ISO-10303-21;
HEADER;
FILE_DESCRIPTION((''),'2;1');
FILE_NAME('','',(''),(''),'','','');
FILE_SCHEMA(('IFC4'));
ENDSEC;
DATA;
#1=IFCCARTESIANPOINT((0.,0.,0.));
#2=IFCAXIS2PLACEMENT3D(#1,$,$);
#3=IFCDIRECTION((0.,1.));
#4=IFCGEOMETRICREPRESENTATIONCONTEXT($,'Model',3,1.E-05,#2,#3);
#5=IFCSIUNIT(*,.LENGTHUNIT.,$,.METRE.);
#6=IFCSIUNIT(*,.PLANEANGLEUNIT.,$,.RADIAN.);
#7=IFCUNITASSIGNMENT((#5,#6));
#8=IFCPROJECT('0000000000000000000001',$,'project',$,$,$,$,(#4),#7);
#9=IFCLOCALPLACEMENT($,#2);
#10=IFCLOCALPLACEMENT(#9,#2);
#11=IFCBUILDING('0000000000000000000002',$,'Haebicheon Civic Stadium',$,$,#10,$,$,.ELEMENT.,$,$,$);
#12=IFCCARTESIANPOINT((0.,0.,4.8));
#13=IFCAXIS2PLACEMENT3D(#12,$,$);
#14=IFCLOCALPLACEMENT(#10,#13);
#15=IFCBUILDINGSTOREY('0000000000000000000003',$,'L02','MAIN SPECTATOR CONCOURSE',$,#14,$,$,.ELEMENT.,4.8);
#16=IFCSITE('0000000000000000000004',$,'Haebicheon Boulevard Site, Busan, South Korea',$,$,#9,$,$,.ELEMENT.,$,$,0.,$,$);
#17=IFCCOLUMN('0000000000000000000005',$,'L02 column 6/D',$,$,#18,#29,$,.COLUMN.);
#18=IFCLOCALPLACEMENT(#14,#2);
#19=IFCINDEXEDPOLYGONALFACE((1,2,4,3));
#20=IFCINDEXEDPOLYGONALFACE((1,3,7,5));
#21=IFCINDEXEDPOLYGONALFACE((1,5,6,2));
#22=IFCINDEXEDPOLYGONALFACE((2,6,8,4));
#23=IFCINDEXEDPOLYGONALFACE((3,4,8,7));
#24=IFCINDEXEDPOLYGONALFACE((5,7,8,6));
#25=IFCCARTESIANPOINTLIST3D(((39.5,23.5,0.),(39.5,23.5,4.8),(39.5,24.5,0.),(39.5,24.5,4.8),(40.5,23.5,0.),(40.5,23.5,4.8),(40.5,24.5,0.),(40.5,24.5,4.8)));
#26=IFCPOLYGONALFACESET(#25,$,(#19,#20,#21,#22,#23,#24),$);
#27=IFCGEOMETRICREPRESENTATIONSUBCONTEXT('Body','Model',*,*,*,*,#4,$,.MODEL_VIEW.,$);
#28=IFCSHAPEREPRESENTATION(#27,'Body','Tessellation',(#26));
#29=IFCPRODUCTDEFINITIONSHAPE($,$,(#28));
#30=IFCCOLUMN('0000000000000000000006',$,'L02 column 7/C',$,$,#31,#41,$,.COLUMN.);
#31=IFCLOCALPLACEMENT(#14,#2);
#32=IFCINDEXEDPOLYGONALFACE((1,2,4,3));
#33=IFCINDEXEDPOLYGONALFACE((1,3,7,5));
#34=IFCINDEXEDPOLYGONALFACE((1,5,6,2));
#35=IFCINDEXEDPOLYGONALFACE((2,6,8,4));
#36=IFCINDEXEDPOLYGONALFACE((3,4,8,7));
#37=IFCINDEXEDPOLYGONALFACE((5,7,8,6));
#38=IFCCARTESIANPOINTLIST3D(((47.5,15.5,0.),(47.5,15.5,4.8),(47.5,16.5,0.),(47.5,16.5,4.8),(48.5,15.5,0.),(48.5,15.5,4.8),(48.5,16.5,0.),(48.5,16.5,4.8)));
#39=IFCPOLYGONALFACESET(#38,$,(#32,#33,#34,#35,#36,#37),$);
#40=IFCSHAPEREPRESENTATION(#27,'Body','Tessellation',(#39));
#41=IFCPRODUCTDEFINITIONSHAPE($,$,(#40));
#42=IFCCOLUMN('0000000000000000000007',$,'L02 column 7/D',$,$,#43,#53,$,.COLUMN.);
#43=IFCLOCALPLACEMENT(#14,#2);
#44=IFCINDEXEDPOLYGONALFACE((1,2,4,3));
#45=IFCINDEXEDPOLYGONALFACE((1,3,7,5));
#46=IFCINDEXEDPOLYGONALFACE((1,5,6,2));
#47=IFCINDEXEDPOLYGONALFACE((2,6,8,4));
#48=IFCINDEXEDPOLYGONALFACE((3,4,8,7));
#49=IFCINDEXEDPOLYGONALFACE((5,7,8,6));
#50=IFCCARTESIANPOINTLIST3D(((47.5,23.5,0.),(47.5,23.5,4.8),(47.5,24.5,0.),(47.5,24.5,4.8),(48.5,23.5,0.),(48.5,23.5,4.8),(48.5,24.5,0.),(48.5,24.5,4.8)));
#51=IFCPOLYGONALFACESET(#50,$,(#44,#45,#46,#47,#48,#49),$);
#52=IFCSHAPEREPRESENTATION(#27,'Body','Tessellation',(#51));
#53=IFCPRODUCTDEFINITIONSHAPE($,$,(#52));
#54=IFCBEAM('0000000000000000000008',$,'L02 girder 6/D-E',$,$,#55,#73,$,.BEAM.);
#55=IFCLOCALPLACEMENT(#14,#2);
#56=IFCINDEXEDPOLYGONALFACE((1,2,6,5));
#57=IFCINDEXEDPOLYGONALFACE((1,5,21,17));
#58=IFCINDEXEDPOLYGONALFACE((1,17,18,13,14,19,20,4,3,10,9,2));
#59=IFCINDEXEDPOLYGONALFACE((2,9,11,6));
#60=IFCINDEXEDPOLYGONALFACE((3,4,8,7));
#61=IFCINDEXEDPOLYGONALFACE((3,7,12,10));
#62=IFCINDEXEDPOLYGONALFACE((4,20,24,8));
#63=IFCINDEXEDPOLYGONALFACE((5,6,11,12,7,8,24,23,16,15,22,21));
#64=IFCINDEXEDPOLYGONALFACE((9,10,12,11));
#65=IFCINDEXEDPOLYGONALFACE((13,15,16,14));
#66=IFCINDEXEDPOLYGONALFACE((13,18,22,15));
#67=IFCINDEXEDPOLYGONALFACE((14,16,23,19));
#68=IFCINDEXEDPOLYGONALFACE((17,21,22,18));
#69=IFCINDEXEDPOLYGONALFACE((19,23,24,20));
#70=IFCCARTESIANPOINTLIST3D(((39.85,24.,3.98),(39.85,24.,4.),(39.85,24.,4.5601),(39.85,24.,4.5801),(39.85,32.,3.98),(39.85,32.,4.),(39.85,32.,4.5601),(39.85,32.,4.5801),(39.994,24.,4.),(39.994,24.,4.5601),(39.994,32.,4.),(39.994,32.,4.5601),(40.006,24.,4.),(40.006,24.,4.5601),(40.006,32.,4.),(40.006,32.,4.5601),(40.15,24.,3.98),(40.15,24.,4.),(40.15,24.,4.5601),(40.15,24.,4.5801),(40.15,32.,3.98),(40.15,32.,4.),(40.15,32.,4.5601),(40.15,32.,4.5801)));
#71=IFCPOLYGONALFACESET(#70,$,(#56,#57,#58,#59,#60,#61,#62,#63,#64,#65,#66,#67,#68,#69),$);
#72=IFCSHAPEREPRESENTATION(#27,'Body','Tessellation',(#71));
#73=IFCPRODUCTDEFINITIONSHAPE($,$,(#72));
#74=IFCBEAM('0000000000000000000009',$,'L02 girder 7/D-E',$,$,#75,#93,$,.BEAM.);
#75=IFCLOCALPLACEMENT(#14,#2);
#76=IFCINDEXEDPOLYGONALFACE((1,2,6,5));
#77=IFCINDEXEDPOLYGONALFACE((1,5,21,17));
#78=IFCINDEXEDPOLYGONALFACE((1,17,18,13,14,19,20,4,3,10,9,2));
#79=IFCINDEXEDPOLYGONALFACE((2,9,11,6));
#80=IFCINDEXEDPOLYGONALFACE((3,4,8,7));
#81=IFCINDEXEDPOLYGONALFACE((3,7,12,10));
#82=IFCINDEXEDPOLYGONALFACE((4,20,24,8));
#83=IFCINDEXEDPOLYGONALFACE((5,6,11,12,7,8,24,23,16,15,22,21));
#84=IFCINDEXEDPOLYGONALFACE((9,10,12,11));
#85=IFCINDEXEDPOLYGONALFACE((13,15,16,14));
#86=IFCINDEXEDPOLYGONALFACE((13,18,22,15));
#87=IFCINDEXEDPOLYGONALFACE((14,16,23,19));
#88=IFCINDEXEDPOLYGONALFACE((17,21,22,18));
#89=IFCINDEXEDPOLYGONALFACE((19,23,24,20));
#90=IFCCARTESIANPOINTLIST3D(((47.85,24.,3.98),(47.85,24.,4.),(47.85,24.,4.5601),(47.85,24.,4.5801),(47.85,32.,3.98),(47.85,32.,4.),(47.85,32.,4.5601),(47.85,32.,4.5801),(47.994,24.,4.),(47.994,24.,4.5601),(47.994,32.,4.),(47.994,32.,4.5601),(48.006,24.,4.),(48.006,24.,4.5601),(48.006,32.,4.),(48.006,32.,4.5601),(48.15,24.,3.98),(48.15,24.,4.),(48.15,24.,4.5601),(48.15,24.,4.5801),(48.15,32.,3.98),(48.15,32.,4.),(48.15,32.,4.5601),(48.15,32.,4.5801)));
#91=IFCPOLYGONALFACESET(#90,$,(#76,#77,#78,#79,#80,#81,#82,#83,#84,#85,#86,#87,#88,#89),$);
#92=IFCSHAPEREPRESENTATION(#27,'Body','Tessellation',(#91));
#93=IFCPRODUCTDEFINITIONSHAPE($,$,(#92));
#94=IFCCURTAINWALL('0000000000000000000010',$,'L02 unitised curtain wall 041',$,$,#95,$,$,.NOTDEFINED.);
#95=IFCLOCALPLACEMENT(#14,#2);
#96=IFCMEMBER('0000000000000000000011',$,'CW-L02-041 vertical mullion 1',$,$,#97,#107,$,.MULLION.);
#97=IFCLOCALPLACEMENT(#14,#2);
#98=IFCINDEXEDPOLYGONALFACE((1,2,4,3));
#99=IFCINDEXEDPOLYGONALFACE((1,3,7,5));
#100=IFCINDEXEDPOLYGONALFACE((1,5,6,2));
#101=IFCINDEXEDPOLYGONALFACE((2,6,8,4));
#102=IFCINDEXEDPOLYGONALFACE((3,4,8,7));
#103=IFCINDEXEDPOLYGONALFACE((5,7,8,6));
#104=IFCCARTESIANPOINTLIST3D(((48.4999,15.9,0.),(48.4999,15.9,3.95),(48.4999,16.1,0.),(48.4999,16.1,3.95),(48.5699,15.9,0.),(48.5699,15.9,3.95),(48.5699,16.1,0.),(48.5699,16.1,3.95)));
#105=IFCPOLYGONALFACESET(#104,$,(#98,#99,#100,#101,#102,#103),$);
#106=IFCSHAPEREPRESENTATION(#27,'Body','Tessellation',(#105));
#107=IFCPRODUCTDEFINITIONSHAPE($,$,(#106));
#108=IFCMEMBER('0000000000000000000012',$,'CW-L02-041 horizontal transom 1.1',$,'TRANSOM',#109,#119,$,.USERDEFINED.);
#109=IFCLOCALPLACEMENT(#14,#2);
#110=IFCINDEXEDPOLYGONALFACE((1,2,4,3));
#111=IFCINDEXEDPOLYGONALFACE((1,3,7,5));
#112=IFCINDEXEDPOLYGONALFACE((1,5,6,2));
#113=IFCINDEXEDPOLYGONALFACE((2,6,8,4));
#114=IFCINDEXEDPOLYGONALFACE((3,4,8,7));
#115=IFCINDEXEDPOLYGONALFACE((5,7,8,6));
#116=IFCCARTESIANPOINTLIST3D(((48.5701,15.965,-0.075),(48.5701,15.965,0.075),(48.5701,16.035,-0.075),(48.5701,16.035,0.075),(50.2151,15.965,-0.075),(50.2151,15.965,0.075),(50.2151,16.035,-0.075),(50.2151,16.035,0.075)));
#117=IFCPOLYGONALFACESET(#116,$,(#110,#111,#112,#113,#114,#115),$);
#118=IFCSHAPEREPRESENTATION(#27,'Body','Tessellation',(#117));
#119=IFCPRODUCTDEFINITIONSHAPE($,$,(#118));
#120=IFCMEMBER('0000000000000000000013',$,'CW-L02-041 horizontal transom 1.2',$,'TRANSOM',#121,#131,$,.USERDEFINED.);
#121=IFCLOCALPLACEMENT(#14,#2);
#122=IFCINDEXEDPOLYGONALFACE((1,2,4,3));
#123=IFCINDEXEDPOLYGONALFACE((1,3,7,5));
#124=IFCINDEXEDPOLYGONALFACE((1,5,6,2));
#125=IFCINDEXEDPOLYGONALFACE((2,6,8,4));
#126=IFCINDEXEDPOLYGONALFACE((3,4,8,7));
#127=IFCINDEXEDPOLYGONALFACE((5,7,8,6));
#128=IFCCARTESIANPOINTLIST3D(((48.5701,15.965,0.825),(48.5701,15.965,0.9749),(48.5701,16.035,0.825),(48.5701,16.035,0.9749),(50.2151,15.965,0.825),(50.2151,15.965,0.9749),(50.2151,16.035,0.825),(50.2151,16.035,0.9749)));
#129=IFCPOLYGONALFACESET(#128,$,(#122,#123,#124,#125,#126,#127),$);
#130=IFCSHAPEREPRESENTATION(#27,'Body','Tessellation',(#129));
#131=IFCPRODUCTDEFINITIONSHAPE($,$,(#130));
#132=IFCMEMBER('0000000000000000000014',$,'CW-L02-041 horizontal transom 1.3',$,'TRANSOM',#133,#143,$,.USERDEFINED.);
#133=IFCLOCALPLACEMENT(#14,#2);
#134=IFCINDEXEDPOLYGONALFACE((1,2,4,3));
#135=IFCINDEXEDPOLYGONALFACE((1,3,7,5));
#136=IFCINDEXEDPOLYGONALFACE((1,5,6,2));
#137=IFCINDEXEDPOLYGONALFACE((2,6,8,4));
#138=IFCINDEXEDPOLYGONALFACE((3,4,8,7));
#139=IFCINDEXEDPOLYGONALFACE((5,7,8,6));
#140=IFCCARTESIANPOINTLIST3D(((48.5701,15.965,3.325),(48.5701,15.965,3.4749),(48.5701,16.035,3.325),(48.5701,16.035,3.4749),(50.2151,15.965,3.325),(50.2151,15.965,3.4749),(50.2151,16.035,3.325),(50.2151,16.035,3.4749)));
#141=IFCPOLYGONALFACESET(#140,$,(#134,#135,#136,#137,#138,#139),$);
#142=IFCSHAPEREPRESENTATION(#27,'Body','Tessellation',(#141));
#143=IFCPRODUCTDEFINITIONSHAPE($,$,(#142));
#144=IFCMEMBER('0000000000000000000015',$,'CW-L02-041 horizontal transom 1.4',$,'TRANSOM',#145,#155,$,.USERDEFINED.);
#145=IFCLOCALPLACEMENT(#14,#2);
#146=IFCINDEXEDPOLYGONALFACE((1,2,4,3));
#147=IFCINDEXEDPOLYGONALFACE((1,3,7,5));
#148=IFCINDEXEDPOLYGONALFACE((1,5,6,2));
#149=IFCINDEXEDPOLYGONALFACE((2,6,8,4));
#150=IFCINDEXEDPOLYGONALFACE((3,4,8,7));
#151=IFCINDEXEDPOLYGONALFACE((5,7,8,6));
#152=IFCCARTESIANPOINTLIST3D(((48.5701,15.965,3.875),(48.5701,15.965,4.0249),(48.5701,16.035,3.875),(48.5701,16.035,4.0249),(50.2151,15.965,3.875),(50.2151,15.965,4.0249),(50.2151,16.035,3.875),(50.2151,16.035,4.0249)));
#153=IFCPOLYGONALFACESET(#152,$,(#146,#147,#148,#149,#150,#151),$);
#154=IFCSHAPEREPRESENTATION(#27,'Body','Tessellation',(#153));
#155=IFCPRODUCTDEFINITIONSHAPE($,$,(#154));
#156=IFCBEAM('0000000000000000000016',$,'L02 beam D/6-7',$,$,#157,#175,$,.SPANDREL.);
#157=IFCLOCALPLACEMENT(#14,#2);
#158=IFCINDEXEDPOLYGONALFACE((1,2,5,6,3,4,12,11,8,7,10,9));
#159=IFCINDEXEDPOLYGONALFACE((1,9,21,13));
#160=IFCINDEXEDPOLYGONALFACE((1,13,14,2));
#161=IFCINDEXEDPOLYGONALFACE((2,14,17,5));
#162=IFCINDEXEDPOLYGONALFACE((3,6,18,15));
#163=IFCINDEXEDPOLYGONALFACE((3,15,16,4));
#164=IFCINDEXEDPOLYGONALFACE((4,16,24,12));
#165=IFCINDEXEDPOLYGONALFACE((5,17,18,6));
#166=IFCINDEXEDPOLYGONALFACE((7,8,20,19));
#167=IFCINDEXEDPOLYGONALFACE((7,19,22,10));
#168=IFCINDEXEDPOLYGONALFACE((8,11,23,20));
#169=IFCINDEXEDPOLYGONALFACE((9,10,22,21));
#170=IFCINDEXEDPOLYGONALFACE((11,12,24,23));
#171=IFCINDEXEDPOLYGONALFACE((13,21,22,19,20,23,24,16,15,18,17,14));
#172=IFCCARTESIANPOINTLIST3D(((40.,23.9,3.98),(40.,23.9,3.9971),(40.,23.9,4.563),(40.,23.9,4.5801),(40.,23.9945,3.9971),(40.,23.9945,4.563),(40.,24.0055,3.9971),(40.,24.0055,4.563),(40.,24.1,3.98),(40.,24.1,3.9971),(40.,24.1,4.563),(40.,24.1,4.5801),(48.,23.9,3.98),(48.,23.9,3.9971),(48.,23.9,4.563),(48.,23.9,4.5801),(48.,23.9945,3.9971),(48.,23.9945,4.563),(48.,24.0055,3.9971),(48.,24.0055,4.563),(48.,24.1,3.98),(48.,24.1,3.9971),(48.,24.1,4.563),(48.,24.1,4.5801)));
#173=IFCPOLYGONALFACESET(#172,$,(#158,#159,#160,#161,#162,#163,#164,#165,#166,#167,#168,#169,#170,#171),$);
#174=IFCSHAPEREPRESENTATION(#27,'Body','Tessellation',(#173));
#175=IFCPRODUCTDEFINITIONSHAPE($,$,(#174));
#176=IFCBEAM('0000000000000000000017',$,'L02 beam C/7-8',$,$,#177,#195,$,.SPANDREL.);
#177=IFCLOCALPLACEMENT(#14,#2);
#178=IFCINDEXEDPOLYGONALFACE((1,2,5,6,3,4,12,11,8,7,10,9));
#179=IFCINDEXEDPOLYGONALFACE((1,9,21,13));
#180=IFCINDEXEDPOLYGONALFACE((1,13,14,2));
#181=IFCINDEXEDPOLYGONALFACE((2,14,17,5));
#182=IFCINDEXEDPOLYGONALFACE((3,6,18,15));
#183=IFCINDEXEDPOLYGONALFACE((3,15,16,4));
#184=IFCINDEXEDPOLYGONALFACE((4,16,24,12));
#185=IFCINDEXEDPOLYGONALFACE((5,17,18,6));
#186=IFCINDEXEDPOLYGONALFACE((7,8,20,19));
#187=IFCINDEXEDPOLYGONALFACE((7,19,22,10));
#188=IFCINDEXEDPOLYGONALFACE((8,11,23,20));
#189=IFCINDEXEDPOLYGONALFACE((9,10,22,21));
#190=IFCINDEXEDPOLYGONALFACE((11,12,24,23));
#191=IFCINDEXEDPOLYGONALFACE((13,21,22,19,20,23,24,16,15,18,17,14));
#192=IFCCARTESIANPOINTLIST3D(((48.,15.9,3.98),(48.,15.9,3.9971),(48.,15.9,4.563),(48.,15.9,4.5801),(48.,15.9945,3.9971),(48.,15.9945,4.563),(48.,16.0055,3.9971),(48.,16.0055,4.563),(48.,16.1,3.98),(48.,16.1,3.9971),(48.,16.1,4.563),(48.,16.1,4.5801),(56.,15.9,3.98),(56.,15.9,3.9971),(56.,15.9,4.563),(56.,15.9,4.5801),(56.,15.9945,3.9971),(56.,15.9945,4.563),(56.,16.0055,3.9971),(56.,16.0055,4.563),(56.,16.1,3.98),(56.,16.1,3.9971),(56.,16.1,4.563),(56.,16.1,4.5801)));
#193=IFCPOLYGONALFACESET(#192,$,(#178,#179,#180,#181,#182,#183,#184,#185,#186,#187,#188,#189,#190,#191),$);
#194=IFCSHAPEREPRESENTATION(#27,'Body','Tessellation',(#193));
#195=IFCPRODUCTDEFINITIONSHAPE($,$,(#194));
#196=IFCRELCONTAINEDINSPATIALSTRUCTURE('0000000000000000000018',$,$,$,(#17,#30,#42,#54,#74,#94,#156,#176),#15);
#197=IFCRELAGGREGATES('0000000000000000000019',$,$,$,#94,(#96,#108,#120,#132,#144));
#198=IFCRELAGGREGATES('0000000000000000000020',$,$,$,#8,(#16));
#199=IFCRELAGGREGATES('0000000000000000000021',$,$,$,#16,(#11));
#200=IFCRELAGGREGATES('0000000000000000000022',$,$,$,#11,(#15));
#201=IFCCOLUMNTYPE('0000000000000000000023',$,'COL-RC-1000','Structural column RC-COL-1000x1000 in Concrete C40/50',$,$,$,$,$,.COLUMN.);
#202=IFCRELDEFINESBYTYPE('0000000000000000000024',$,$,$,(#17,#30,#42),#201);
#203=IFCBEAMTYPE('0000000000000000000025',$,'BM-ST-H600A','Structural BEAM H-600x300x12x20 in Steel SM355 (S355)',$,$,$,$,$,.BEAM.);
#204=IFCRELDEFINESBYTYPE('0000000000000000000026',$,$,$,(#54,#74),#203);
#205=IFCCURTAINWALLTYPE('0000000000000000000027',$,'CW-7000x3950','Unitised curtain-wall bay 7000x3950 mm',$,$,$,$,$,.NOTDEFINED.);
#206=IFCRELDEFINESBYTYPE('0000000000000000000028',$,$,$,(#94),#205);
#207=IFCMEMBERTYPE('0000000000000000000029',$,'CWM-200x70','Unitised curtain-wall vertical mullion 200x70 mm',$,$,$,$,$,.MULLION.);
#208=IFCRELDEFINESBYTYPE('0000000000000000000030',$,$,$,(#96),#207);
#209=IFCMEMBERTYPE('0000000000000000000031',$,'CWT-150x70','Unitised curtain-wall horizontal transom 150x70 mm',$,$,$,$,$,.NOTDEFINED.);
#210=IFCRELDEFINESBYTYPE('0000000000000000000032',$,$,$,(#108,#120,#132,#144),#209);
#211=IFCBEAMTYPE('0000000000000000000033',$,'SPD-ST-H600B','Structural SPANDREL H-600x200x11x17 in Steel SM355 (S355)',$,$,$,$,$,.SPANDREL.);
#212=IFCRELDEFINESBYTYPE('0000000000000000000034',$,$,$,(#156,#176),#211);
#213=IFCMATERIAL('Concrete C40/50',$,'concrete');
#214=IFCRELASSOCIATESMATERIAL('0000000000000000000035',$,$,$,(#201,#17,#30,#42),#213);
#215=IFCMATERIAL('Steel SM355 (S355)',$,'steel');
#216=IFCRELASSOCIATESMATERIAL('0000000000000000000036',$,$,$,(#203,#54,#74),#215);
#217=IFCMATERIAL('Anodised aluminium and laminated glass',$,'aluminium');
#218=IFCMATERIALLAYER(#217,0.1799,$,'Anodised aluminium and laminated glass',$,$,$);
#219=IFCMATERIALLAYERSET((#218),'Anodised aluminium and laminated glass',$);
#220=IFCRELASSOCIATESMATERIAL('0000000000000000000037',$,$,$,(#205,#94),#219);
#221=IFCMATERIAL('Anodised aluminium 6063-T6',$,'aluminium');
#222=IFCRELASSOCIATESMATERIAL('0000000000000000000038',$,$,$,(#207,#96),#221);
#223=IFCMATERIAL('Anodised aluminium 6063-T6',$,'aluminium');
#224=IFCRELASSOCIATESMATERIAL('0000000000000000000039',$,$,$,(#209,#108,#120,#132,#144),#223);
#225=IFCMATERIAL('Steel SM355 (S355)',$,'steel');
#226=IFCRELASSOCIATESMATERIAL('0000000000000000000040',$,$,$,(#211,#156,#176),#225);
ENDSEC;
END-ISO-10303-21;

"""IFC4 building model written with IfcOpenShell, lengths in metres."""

from ifc_helpers import new_model, si_unit, direction, frame, origin, origin_2d, place, context, subcontext, project, spatial, rectangle, i_section, extrude, material, layer, layer_set, material_profile, profile_set, type_object, element, aggregate, save


model = new_model("IFC4")

# Units and contexts
model_context = context("Model", 3, precision=1e-05, world=origin(), true_north=direction((0.0, 1.0)))
body_context = subcontext(model_context, "Body", "Model", "MODEL_VIEW")
ifc_project = project(units=[si_unit("LENGTHUNIT", "METRE"), si_unit("PLANEANGLEUNIT", "RADIAN")], contexts=[model_context])

# Site, building, storey
site_placement = place(None, origin())
site = spatial("IfcSite", under=ifc_project, at=site_placement, Name="Haebicheon Boulevard Site, Busan, South Korea", CompositionType="ELEMENT", RefElevation=0.0)
building_placement = place(site_placement, origin())
building = spatial("IfcBuilding", under=site, at=building_placement, Name="Haebicheon Civic Stadium", CompositionType="ELEMENT")
storey_placement = place(building_placement, frame((0.0, 0.0, 4.8)))
storey = spatial("IfcBuildingStorey", under=building, at=storey_placement, Name="L02", Description="MAIN SPECTATOR CONCOURSE", CompositionType="ELEMENT", Elevation=4.8)

# Columns
ifc_material_1 = material(Name="Concrete C40/50", Category="concrete")
ifc_material_profile_1 = material_profile(ifc_material_1, rectangle(XDim=1.0, YDim=1.0, at=origin_2d()), Name="RC-COL-1000x1000")
ifc_profile_set_1 = profile_set([ifc_material_profile_1], Name="Concrete C40/50")
column_type = type_object("IfcColumnType", Name="COL-RC-1000", Description="Structural column RC-COL-1000x1000 in Concrete C40/50", PredefinedType="COLUMN", material=ifc_profile_set_1)
for number, where, z_axis, x_axis, name in (
    (1, (40.0, 24.0, 0.0), (0.0, 0.0, 1.0), (1.0, 0.0, 0.0), "L02 column 6/D"),
    (2, (48.0, 16.0, 0.0), (0.0, 0.0, 1.0), (1.0, 0.0, 0.0), "L02 column 7/C"),
    (3, (48.0, 24.0, 0.0), (0.0, 0.0, 1.0), (1.0, 0.0, 0.0), "L02 column 7/D"),
):
    element("IfcColumn", number, at=place(storey_placement, frame(where, z_axis=z_axis, x_axis=x_axis)), inside=storey, type_object=column_type, material=ifc_profile_set_1, Name=name, PredefinedType="COLUMN", context=body_context, shape_type="SweptSolid", body=[
        extrude(rectangle(XDim=1.0, YDim=1.0, at=origin_2d()), origin(), (0.0, 0.0, 1.0), 4.8),
    ])

# Beams
ifc_material_2 = material(Name="Steel SM355 (S355)", Category="steel")
ifc_material_profile_2 = material_profile(ifc_material_2, i_section(OverallWidth=0.3, OverallDepth=0.6001, WebThickness=0.012, FlangeThickness=0.02, at=origin_2d()), Name="H-600x300x12x20")
ifc_profile_set_2 = profile_set([ifc_material_profile_2], Name="Steel SM355 (S355)")
beam_type_1 = type_object("IfcBeamType", Name="BM-ST-H600A", Description="Structural BEAM H-600x300x12x20 in Steel SM355 (S355)", PredefinedType="BEAM", material=ifc_profile_set_2)
for number, where, z_axis, x_axis, name in (
    (4, (40.0, 24.0, 4.28), (0.0, 1.0, 0.0), (-1.0, 0.0, 0.0), "L02 girder 6/D-E"),
    (5, (48.0, 24.0, 4.28), (0.0, 1.0, 0.0), (-1.0, 0.0, 0.0), "L02 girder 7/D-E"),
):
    element("IfcBeam", number, at=place(storey_placement, frame(where, z_axis=z_axis, x_axis=x_axis)), inside=storey, type_object=beam_type_1, material=ifc_profile_set_2, Name=name, PredefinedType="BEAM", context=body_context, shape_type="SweptSolid", body=[
        extrude(i_section(OverallWidth=0.3, OverallDepth=0.6001, WebThickness=0.012, FlangeThickness=0.02, at=origin_2d()), origin(), (0.0, 0.0, 1.0), 8.0),
    ])

# Curtain wall, members
ifc_material_3 = material(Name="Anodised aluminium and laminated glass", Category="aluminium")
ifc_layer_1 = layer(ifc_material_3, 0.1799, Name="Anodised aluminium and laminated glass")
ifc_layer_set_1 = layer_set([ifc_layer_1], Name="Anodised aluminium and laminated glass")
curtain_wall_type = type_object("IfcCurtainWallType", Name="CW-7000x3950", Description="Unitised curtain-wall bay 7000x3950 mm", PredefinedType="NOTDEFINED", material=ifc_layer_set_1)
curtain_wall_placement = place(storey_placement, origin())
curtain_wall = element("IfcCurtainWall", 6, at=curtain_wall_placement, inside=storey, type_object=curtain_wall_type, material=ifc_layer_set_1, Name="L02 unitised curtain wall 041", PredefinedType="NOTDEFINED")
ifc_material_4 = material(Name="Anodised aluminium 6063-T6", Category="aluminium")
ifc_material_profile_3 = material_profile(ifc_material_4, rectangle(XDim=0.0701, YDim=0.2, at=origin_2d()), Name="ALU-MULL-70x200")
ifc_profile_set_3 = profile_set([ifc_material_profile_3], Name="Anodised aluminium 6063-T6")
member_type_1 = type_object("IfcMemberType", Name="CWM-200x70", Description="Unitised curtain-wall vertical mullion 200x70 mm", PredefinedType="MULLION", material=ifc_profile_set_3)
member_1_placement = place(storey_placement, frame((48.5349, 16.0, 0.0), z_axis=(0.0, 0.0, 1.0), x_axis=(1.0, 0.0, 0.0)))
member_1 = element("IfcMember", 7, at=member_1_placement, type_object=member_type_1, material=ifc_profile_set_3, Name="CW-L02-041 vertical mullion 1", PredefinedType="MULLION", context=body_context, shape_type="SweptSolid", body=[
    extrude(rectangle(XDim=0.0701, YDim=0.2, at=origin_2d()), origin(), (0.0, 0.0, 1.0), 3.95),
])
ifc_material_5 = material(Name="Anodised aluminium 6063-T6", Category="aluminium")
ifc_material_profile_4 = material_profile(ifc_material_5, rectangle(XDim=0.0701, YDim=0.1499, at=origin_2d()), Name="ALU-TRAN-70x150")
ifc_profile_set_4 = profile_set([ifc_material_profile_4], Name="Anodised aluminium 6063-T6")
member_type_2 = type_object("IfcMemberType", Name="CWT-150x70", Description="Unitised curtain-wall horizontal transom 150x70 mm", PredefinedType="NOTDEFINED", material=ifc_profile_set_4)
member_2_placement = place(storey_placement, frame((48.5701, 16.0, 0.0), z_axis=(1.0, 0.0, 0.0), x_axis=(0.0, 1.0, 0.0)))
member_2 = element("IfcMember", 8, at=member_2_placement, type_object=member_type_2, material=ifc_profile_set_4, Name="CW-L02-041 horizontal transom 1.1", ObjectType="TRANSOM", PredefinedType="USERDEFINED", context=body_context, shape_type="SweptSolid", body=[
    extrude(rectangle(XDim=0.0701, YDim=0.1499, at=origin_2d()), origin(), (0.0, 0.0, 1.0), 1.645),
])
member_3_placement = place(storey_placement, frame((48.5701, 16.0, 0.8999), z_axis=(1.0, 0.0, 0.0), x_axis=(0.0, 1.0, 0.0)))
member_3 = element("IfcMember", 9, at=member_3_placement, type_object=member_type_2, material=ifc_profile_set_4, Name="CW-L02-041 horizontal transom 1.2", ObjectType="TRANSOM", PredefinedType="USERDEFINED", context=body_context, shape_type="SweptSolid", body=[
    extrude(rectangle(XDim=0.0701, YDim=0.1499, at=origin_2d()), origin(), (0.0, 0.0, 1.0), 1.645),
])
member_4_placement = place(storey_placement, frame((48.5701, 16.0, 3.3999), z_axis=(1.0, 0.0, 0.0), x_axis=(0.0, 1.0, 0.0)))
member_4 = element("IfcMember", 10, at=member_4_placement, type_object=member_type_2, material=ifc_profile_set_4, Name="CW-L02-041 horizontal transom 1.3", ObjectType="TRANSOM", PredefinedType="USERDEFINED", context=body_context, shape_type="SweptSolid", body=[
    extrude(rectangle(XDim=0.0701, YDim=0.1499, at=origin_2d()), origin(), (0.0, 0.0, 1.0), 1.645),
])
member_5_placement = place(storey_placement, frame((48.5701, 16.0, 3.95), z_axis=(1.0, 0.0, 0.0), x_axis=(0.0, 1.0, 0.0)))
member_5 = element("IfcMember", 11, at=member_5_placement, type_object=member_type_2, material=ifc_profile_set_4, Name="CW-L02-041 horizontal transom 1.4", ObjectType="TRANSOM", PredefinedType="USERDEFINED", context=body_context, shape_type="SweptSolid", body=[
    extrude(rectangle(XDim=0.0701, YDim=0.1499, at=origin_2d()), origin(), (0.0, 0.0, 1.0), 1.645),
])

# Beams
ifc_material_6 = material(Name="Steel SM355 (S355)", Category="steel")
ifc_material_profile_5 = material_profile(ifc_material_6, i_section(OverallWidth=0.2, OverallDepth=0.6001, WebThickness=0.011, FlangeThickness=0.0171, at=origin_2d()), Name="H-600x200x11x17")
ifc_profile_set_5 = profile_set([ifc_material_profile_5], Name="Steel SM355 (S355)")
beam_type_2 = type_object("IfcBeamType", Name="SPD-ST-H600B", Description="Structural SPANDREL H-600x200x11x17 in Steel SM355 (S355)", PredefinedType="SPANDREL", material=ifc_profile_set_5)
for number, where, z_axis, x_axis, name in (
    (12, (40.0, 24.0, 4.28), (1.0, 0.0, 0.0), (0.0, 1.0, 0.0), "L02 beam D/6-7"),
    (13, (48.0, 16.0, 4.28), (1.0, 0.0, 0.0), (0.0, 1.0, 0.0), "L02 beam C/7-8"),
):
    element("IfcBeam", number, at=place(storey_placement, frame(where, z_axis=z_axis, x_axis=x_axis)), inside=storey, type_object=beam_type_2, material=ifc_profile_set_5, Name=name, PredefinedType="SPANDREL", context=body_context, shape_type="SweptSolid", body=[
        extrude(i_section(OverallWidth=0.2, OverallDepth=0.6001, WebThickness=0.011, FlangeThickness=0.0171, at=origin_2d()), origin(), (0.0, 0.0, 1.0), 8.0),
    ])

aggregate(curtain_wall, [member_1, member_2, member_3, member_4, member_5])

save(model, "model.ifc")
